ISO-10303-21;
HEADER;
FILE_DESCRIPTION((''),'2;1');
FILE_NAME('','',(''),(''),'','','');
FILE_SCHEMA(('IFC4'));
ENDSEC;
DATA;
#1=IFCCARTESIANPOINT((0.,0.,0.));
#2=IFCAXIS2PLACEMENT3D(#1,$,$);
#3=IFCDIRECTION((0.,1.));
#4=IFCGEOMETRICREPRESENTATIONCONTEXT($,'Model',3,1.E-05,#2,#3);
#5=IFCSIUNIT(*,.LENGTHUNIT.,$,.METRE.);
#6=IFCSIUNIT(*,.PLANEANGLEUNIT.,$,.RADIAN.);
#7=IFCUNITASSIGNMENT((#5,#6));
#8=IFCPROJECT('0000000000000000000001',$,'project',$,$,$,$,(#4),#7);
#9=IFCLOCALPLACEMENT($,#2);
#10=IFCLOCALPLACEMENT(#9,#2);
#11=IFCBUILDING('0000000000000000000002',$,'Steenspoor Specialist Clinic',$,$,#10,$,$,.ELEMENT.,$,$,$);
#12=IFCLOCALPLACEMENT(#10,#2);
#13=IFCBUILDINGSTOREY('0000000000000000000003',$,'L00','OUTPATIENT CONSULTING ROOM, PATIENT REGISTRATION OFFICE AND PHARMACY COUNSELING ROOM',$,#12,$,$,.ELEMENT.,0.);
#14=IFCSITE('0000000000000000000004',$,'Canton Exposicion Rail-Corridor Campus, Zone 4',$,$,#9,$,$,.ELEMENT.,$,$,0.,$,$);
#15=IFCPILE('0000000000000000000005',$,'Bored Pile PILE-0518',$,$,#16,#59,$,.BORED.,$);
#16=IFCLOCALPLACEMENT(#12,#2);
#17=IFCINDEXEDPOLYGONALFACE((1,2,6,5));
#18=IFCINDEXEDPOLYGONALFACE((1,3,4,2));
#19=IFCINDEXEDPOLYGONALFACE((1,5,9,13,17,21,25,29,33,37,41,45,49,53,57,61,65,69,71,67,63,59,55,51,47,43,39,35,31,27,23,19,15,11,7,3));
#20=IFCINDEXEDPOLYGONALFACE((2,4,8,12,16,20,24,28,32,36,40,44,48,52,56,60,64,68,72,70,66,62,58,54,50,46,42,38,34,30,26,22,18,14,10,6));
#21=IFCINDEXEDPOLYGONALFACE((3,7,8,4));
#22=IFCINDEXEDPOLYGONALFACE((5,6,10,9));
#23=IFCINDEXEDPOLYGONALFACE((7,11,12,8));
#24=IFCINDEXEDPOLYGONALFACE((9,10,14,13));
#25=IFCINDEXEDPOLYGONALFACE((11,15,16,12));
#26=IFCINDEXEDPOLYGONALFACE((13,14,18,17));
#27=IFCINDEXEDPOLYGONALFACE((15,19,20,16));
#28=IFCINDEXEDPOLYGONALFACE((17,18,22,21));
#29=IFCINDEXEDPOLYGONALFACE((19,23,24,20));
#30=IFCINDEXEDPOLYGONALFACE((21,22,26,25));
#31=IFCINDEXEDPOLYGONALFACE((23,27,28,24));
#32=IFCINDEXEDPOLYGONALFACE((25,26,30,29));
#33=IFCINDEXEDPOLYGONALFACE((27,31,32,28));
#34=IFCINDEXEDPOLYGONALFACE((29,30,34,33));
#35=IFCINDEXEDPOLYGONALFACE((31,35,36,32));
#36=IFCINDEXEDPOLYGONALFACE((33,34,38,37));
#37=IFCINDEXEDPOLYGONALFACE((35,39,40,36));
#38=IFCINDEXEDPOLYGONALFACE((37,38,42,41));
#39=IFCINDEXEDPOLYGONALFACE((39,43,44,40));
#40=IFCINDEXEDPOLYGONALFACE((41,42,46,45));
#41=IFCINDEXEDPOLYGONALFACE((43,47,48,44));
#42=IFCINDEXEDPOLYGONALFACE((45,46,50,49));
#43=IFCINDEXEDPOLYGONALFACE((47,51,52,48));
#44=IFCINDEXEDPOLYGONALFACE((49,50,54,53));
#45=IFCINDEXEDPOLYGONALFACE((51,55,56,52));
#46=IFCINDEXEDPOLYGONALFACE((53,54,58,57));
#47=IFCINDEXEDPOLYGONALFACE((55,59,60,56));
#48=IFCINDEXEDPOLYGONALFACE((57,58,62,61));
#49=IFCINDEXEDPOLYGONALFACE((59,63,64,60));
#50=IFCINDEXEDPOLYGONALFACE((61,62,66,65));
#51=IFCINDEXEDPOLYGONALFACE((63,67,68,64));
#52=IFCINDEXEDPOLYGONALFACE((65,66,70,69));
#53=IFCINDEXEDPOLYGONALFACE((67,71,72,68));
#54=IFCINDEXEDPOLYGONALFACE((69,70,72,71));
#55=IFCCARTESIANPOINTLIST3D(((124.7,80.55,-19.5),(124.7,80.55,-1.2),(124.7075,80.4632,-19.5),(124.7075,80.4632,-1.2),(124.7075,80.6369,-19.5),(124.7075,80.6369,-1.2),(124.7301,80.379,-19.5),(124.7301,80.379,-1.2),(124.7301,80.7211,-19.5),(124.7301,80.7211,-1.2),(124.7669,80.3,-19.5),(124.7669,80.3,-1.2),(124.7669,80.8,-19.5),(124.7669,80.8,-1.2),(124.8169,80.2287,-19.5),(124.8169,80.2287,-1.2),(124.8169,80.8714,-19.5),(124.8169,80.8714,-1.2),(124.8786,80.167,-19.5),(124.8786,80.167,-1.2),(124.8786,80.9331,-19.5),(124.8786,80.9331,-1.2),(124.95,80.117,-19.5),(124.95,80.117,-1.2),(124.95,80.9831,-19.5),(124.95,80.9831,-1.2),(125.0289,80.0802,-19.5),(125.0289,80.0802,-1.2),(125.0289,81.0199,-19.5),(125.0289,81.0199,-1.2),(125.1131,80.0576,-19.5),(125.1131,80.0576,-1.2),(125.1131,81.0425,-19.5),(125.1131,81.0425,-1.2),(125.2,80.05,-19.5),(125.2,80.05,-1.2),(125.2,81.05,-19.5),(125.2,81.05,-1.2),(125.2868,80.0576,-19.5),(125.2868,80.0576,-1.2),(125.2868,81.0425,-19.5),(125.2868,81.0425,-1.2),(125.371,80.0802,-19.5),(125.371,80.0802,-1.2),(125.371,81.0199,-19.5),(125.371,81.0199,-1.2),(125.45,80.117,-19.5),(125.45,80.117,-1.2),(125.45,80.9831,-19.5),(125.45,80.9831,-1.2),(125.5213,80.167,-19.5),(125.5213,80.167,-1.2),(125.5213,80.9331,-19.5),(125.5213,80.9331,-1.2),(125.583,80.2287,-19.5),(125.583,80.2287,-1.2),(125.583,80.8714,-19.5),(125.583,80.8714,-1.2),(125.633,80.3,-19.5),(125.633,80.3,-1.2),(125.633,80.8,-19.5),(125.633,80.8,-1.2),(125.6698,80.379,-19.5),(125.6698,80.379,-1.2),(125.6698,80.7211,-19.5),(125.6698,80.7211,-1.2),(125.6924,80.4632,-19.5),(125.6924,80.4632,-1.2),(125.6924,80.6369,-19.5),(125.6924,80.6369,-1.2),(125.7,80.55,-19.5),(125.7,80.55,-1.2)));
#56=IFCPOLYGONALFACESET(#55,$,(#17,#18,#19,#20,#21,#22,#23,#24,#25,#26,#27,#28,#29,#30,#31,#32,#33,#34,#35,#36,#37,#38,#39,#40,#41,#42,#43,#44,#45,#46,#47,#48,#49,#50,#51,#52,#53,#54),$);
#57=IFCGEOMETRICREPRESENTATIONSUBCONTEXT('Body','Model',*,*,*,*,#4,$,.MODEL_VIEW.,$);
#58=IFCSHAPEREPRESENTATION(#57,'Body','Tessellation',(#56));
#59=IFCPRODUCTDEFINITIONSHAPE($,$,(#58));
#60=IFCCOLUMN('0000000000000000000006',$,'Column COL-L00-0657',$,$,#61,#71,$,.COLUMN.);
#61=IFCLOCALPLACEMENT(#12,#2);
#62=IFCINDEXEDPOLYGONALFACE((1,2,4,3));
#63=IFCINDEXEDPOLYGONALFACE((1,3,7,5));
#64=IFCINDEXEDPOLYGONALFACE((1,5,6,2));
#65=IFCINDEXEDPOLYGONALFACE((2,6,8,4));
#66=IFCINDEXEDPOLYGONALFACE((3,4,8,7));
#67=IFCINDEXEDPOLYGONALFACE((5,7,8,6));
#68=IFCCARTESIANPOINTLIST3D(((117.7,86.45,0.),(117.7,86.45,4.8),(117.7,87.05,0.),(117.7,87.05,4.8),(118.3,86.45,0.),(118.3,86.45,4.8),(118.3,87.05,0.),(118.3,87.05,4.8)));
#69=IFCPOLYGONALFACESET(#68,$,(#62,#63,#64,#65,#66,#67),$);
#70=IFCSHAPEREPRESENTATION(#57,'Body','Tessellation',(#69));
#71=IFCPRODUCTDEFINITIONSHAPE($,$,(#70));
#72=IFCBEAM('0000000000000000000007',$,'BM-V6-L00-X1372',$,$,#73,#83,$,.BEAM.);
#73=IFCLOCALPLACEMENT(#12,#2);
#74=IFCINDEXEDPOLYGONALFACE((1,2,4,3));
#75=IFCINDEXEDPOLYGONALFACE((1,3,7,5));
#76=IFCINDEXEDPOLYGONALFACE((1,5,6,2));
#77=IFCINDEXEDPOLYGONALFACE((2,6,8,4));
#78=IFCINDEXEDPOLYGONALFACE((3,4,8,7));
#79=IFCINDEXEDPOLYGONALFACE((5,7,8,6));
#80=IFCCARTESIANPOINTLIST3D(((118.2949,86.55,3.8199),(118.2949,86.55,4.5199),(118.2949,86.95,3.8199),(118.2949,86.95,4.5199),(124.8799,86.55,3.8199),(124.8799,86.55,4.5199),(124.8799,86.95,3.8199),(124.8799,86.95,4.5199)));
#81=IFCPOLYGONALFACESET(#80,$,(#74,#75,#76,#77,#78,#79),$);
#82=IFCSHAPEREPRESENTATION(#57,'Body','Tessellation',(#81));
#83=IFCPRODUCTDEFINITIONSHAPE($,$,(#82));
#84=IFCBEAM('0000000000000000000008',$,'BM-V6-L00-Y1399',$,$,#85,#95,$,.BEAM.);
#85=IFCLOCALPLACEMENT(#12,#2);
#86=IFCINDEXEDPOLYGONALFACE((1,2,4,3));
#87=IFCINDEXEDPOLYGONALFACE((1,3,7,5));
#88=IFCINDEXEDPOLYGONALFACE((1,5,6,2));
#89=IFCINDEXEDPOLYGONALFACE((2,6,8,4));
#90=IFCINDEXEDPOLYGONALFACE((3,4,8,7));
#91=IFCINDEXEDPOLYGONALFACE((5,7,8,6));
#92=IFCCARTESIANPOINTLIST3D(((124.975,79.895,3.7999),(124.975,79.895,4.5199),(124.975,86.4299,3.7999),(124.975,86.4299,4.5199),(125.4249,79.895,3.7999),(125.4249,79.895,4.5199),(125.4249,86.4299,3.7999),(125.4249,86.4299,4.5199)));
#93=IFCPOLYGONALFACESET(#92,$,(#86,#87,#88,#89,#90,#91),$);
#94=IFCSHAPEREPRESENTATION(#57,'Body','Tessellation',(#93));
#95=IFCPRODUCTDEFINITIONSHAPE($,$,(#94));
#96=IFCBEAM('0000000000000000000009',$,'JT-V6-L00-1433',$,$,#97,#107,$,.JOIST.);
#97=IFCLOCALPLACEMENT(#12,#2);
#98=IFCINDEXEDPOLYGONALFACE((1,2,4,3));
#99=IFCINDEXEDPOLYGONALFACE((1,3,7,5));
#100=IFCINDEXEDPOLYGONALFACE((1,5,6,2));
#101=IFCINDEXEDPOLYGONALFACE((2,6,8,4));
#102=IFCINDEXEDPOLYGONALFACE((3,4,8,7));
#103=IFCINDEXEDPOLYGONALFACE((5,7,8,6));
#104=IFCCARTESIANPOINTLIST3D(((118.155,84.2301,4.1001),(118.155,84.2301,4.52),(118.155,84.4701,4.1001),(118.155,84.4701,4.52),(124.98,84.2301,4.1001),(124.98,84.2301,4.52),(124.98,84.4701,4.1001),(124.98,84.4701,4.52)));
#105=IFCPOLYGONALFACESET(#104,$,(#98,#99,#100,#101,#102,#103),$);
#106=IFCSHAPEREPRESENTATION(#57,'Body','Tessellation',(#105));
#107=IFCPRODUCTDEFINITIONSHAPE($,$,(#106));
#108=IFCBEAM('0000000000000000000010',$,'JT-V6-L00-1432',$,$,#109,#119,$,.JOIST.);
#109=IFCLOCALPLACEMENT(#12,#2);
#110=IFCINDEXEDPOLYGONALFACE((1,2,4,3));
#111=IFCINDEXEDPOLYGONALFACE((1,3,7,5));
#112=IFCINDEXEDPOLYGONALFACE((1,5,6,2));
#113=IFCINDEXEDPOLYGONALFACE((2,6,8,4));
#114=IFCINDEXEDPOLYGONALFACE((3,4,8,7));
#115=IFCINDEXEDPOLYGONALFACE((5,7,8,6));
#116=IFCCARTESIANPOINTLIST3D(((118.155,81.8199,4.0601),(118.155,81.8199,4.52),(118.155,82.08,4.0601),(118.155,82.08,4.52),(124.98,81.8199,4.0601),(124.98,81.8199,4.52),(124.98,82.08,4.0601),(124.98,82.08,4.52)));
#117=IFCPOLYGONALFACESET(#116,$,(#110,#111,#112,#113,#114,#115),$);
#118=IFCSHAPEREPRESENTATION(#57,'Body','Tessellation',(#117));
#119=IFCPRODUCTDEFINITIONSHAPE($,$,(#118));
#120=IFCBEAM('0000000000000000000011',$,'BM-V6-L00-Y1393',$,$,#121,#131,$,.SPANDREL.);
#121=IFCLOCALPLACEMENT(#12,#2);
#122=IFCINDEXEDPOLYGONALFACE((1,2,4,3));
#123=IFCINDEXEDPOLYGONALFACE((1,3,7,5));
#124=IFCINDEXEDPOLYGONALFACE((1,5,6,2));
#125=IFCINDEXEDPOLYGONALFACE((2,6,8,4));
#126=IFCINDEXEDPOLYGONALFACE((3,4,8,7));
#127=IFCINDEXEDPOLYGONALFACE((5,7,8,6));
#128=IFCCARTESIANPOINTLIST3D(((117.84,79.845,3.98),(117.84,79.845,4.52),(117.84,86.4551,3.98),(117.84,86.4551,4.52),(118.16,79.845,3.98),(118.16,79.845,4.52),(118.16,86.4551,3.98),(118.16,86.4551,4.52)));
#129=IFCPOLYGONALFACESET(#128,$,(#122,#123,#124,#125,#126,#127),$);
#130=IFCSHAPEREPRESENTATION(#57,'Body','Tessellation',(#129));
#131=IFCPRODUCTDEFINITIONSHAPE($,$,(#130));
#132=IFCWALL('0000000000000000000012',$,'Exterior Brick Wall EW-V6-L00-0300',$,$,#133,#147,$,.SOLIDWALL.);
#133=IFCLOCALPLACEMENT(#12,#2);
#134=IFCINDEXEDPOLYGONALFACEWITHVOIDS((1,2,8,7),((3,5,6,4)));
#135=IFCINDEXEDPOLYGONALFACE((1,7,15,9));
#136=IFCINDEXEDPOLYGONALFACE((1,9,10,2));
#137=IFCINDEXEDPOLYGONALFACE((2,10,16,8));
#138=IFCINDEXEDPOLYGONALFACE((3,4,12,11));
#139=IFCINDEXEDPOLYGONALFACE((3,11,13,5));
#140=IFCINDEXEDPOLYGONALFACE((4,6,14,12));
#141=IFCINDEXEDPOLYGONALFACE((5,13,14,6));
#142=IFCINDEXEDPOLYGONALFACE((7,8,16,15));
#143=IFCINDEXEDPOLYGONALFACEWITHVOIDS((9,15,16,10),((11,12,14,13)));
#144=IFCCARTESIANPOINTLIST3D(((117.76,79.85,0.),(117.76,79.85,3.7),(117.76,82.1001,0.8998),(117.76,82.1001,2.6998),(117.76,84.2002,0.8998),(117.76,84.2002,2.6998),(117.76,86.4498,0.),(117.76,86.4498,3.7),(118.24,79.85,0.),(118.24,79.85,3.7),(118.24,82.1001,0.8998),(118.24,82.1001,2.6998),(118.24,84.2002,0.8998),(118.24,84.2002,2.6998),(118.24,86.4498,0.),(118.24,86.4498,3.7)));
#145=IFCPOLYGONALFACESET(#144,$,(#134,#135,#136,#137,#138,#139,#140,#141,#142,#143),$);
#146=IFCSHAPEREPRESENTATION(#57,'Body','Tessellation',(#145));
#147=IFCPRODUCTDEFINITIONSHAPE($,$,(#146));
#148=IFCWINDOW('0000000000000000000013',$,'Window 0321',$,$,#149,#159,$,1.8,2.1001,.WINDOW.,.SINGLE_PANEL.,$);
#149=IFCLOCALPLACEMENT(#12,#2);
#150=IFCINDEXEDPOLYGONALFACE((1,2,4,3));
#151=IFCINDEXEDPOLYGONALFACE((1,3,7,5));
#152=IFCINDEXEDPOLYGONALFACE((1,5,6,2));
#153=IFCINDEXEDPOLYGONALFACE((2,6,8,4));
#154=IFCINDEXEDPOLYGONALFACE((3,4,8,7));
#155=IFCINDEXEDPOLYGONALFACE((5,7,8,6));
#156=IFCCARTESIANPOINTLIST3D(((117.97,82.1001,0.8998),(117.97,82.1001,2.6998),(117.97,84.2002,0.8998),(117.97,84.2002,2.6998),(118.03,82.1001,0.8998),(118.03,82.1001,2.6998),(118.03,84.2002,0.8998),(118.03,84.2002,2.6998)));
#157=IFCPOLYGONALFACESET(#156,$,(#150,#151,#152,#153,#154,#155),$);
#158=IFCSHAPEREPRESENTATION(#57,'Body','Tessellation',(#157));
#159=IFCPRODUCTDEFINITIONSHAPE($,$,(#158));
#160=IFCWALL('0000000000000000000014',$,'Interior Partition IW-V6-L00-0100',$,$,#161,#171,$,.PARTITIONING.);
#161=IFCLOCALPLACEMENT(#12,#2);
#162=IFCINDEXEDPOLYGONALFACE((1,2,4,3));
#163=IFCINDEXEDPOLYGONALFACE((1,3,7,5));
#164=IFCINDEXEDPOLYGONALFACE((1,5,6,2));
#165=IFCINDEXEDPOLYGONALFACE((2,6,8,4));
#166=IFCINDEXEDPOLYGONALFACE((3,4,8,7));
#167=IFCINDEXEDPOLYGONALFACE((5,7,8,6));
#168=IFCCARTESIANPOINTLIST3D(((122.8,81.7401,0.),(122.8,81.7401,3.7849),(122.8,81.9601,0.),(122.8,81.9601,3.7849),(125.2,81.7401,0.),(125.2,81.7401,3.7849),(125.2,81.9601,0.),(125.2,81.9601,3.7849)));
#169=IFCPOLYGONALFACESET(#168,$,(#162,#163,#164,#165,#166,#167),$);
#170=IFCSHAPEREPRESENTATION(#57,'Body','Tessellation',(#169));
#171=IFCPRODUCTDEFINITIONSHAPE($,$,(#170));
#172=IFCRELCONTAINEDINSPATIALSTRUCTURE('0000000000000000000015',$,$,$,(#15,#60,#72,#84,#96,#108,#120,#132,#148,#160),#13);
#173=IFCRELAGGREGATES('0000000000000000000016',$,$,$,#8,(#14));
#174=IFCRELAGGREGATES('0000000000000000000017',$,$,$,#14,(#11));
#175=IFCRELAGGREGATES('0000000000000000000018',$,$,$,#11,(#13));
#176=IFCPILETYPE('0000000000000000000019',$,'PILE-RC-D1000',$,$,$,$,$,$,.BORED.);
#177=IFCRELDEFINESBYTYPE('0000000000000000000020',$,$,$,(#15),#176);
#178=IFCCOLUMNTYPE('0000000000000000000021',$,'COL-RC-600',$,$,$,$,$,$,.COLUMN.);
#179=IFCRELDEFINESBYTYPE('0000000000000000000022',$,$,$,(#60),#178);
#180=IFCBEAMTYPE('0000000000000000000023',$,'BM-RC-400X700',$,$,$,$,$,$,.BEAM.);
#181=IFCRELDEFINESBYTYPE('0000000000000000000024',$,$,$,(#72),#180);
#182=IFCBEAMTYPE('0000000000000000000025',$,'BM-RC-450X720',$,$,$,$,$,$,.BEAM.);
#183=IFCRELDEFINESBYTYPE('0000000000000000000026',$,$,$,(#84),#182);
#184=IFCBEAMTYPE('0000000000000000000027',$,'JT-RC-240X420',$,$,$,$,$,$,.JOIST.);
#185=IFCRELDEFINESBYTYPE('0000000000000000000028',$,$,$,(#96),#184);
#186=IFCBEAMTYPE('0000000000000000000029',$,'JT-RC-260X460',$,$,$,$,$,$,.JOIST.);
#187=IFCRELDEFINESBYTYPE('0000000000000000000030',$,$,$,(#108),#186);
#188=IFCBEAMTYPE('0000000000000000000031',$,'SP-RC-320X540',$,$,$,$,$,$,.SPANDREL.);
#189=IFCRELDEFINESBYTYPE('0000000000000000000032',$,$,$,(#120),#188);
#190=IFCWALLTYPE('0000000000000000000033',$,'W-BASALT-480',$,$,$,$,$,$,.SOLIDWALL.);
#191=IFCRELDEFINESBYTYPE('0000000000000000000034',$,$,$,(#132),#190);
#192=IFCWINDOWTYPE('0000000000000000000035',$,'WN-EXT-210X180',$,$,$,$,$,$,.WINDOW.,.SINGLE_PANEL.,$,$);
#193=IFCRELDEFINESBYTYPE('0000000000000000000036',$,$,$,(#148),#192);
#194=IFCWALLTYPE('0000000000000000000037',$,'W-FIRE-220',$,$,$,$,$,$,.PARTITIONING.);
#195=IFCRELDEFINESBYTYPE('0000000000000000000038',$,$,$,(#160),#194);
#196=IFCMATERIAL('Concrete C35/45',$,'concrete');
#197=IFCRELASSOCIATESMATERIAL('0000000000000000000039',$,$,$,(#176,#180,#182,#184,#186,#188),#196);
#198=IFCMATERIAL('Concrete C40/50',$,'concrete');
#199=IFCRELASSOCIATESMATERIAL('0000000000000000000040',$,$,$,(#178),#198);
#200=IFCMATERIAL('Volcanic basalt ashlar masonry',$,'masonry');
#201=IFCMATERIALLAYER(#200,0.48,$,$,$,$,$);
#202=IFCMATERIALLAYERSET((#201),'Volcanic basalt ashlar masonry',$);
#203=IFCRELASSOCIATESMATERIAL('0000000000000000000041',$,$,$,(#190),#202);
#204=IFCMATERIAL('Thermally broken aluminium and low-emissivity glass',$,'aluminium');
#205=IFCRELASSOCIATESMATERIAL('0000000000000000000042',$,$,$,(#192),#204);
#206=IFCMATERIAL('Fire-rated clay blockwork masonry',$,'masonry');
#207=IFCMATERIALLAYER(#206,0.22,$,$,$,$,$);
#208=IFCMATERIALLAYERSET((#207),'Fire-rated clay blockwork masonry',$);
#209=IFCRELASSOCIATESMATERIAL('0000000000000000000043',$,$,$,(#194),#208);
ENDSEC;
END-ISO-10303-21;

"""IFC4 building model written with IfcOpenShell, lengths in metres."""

from ifc_helpers import new_model, si_unit, direction, frame, frame_2d, origin, origin_2d, place, context, subcontext, project, spatial, rectangle, circle, extrude, material, layer, layer_set, material_profile, profile_set, type_object, element, fill, save


model = new_model("IFC4")

# Units and contexts
model_context = context("Model", 3, precision=1e-05, world=origin(), true_north=direction((0.0, 1.0)))
body_context = subcontext(model_context, "Body", "Model", "MODEL_VIEW")
ifc_project = project(units=[si_unit("LENGTHUNIT", "METRE"), si_unit("PLANEANGLEUNIT", "RADIAN")], contexts=[model_context])

# Site, building, storey
site_placement = place(None, origin())
site = spatial("IfcSite", under=ifc_project, at=site_placement, Name="Canton Exposicion Rail-Corridor Campus, Zone 4", CompositionType="ELEMENT", RefElevation=0.0)
building_placement = place(site_placement, origin())
building = spatial("IfcBuilding", under=site, at=building_placement, Name="Steenspoor Specialist Clinic", CompositionType="ELEMENT")
storey_placement = place(building_placement, origin())
storey = spatial("IfcBuildingStorey", under=building, at=storey_placement, Name="L00", Description="OUTPATIENT CONSULTING ROOM, PATIENT REGISTRATION OFFICE AND PHARMACY COUNSELING ROOM", CompositionType="ELEMENT", Elevation=0.0)

# Shared definitions
ifc_material_1 = material(Name="Concrete C35/45", Category="concrete")

# Pile
ifc_material_profile_1 = material_profile(ifc_material_1, circle(Radius=0.5, at=origin_2d()), Name="PILE-D1000")
ifc_profile_set_1 = profile_set([ifc_material_profile_1], Name="Concrete C35/45")
pile_type = type_object("IfcPileType", Name="PILE-RC-D1000", PredefinedType="BORED", material=ifc_profile_set_1)
pile_placement = place(storey_placement, frame((125.2, 80.55, -1.2), z_axis=(0.0, 0.0, -1.0), x_axis=(1.0, 0.0, 0.0)))
element("IfcPile", 1, at=pile_placement, inside=storey, type_object=pile_type, Name="Bored Pile PILE-0518", PredefinedType="BORED", context=body_context, shape_type="SweptSolid", body=[
    extrude(circle(Radius=0.5, at=origin_2d()), origin(), (0.0, 0.0, 1.0), 18.3),
])

# Column
ifc_material_2 = material(Name="Concrete C40/50", Category="concrete")
ifc_material_profile_2 = material_profile(ifc_material_2, rectangle(XDim=0.6001, YDim=0.6001, at=origin_2d()), Name="RC-COL-600X600")
ifc_profile_set_2 = profile_set([ifc_material_profile_2], Name="Concrete C40/50")
column_type = type_object("IfcColumnType", Name="COL-RC-600", PredefinedType="COLUMN", material=ifc_profile_set_2)
column_placement = place(storey_placement, frame((118.0, 86.75, 0.0), z_axis=(0.0, 0.0, 1.0), x_axis=(1.0, 0.0, 0.0)))
element("IfcColumn", 2, at=column_placement, inside=storey, type_object=column_type, Name="Column COL-L00-0657", PredefinedType="COLUMN", context=body_context, shape_type="SweptSolid", body=[
    extrude(rectangle(XDim=0.6001, YDim=0.6001, at=origin_2d()), origin(), (0.0, 0.0, 1.0), 4.8),
])

# Beams
ifc_material_profile_3 = material_profile(ifc_material_1, rectangle(XDim=0.3999, YDim=0.7, at=origin_2d()), Name="RC-BM-400X700")
ifc_profile_set_3 = profile_set([ifc_material_profile_3], Name="Concrete C35/45")
beam_type_1 = type_object("IfcBeamType", Name="BM-RC-400X700", PredefinedType="BEAM", material=ifc_profile_set_3)
beam_1_placement = place(storey_placement, frame((118.2949, 86.75, 4.1699), z_axis=(1.0, 0.0, 0.0), x_axis=(0.0, 1.0, 0.0)))
element("IfcBeam", 3, at=beam_1_placement, inside=storey, type_object=beam_type_1, Name="BM-V6-L00-X1372", PredefinedType="BEAM", context=body_context, shape_type="SweptSolid", body=[
    extrude(rectangle(XDim=0.3999, YDim=0.7, at=origin_2d()), origin(), (0.0, 0.0, 1.0), 6.585),
])
ifc_material_profile_4 = material_profile(ifc_material_1, rectangle(XDim=0.45, YDim=0.72, at=origin_2d()), Name="RC-BM-450X720")
ifc_profile_set_4 = profile_set([ifc_material_profile_4], Name="Concrete C35/45")
beam_type_2 = type_object("IfcBeamType", Name="BM-RC-450X720", PredefinedType="BEAM", material=ifc_profile_set_4)
beam_2_placement = place(storey_placement, frame((125.2, 79.895, 4.1599), z_axis=(0.0, 1.0, 0.0), x_axis=(-1.0, 0.0, 0.0)))
element("IfcBeam", 4, at=beam_2_placement, inside=storey, type_object=beam_type_2, Name="BM-V6-L00-Y1399", PredefinedType="BEAM", context=body_context, shape_type="SweptSolid", body=[
    extrude(rectangle(XDim=0.45, YDim=0.72, at=origin_2d()), origin(), (0.0, 0.0, 1.0), 6.5349),
])
ifc_material_profile_5 = material_profile(ifc_material_1, rectangle(XDim=0.24, YDim=0.4199, at=origin_2d()), Name="RC-JT-240X420")
ifc_profile_set_5 = profile_set([ifc_material_profile_5], Name="Concrete C35/45")
beam_type_3 = type_object("IfcBeamType", Name="JT-RC-240X420", PredefinedType="JOIST", material=ifc_profile_set_5)
beam_3_placement = place(storey_placement, frame((118.155, 84.3501, 4.3101), z_axis=(1.0, 0.0, 0.0), x_axis=(0.0, 1.0, 0.0)))
element("IfcBeam", 5, at=beam_3_placement, inside=storey, type_object=beam_type_3, Name="JT-V6-L00-1433", PredefinedType="JOIST", context=body_context, shape_type="SweptSolid", body=[
    extrude(rectangle(XDim=0.24, YDim=0.4199, at=origin_2d()), origin(), (0.0, 0.0, 1.0), 6.825),
])
ifc_material_profile_6 = material_profile(ifc_material_1, rectangle(XDim=0.26, YDim=0.46, at=origin_2d()), Name="RC-JT-260X460")
ifc_profile_set_6 = profile_set([ifc_material_profile_6], Name="Concrete C35/45")
beam_type_4 = type_object("IfcBeamType", Name="JT-RC-260X460", PredefinedType="JOIST", material=ifc_profile_set_6)
beam_4_placement = place(storey_placement, frame((118.155, 81.95, 4.29), z_axis=(1.0, 0.0, 0.0), x_axis=(0.0, 1.0, 0.0)))
element("IfcBeam", 6, at=beam_4_placement, inside=storey, type_object=beam_type_4, Name="JT-V6-L00-1432", PredefinedType="JOIST", context=body_context, shape_type="SweptSolid", body=[
    extrude(rectangle(XDim=0.26, YDim=0.46, at=origin_2d()), origin(), (0.0, 0.0, 1.0), 6.825),
])
ifc_material_profile_7 = material_profile(ifc_material_1, rectangle(XDim=0.3201, YDim=0.54, at=origin_2d()), Name="RC-SP-320X540")
ifc_profile_set_7 = profile_set([ifc_material_profile_7], Name="Concrete C35/45")
beam_type_5 = type_object("IfcBeamType", Name="SP-RC-320X540", PredefinedType="SPANDREL", material=ifc_profile_set_7)
beam_5_placement = place(storey_placement, frame((118.0, 79.845, 4.25), z_axis=(0.0, 1.0, 0.0), x_axis=(-1.0, 0.0, 0.0)))
element("IfcBeam", 7, at=beam_5_placement, inside=storey, type_object=beam_type_5, Name="BM-V6-L00-Y1393", PredefinedType="SPANDREL", context=body_context, shape_type="SweptSolid", body=[
    extrude(rectangle(XDim=0.3201, YDim=0.54, at=origin_2d()), origin(), (0.0, 0.0, 1.0), 6.6101),
])

# Wall, opening, window
ifc_material_3 = material(Name="Volcanic basalt ashlar masonry", Category="masonry")
ifc_layer_1 = layer(ifc_material_3, 0.48)
ifc_layer_set_1 = layer_set([ifc_layer_1], Name="Volcanic basalt ashlar masonry")
wall_type_1 = type_object("IfcWallType", Name="W-BASALT-480", PredefinedType="SOLIDWALL", material=ifc_layer_set_1)
wall_1_placement = place(storey_placement, frame((118.0, 79.8501, 0.0), z_axis=(0.0, 0.0, 1.0), x_axis=(0.0, 1.0, 0.0)))
wall_1 = element("IfcWall", 8, at=wall_1_placement, inside=storey, type_object=wall_type_1, Name="Exterior Brick Wall EW-V6-L00-0300", PredefinedType="SOLIDWALL", context=body_context, shape_type="SweptSolid", body=[
    extrude(rectangle(XDim=6.5999, YDim=0.48, at=frame_2d((3.2998, 0.0))), origin(), (0.0, 0.0, 1.0), 3.7),
])
opening_1_placement = place(wall_1_placement, frame((2.25, 0.0, 0.8999)))
opening_1 = element("IfcOpeningElement", 9, at=opening_1_placement, cuts=wall_1, PredefinedType="OPENING", context=body_context, shape_type="SweptSolid", body=[
    extrude(rectangle(XDim=2.1001, YDim=1.8, at=frame_2d((1.05, 0.8999))), frame((0.0, 0.25, 0.0), z_axis=(0.0, -1.0, 0.0), x_axis=(1.0, 0.0, 0.0)), (0.0, 0.0, 1.0), 0.5),
])
ifc_material_4 = material(Name="Thermally broken aluminium and low-emissivity glass", Category="aluminium")
window_type_1 = type_object("IfcWindowType", Name="WN-EXT-210X180", PartitioningType="SINGLE_PANEL", PredefinedType="WINDOW", material=ifc_material_4)
window_1_placement = place(opening_1_placement, origin())
window_1 = element("IfcWindow", 10, at=window_1_placement, inside=storey, type_object=window_type_1, Name="Window 0321", OverallHeight=1.8, OverallWidth=2.1001, PartitioningType="SINGLE_PANEL", PredefinedType="WINDOW", context=body_context, shape_type="SweptSolid", body=[
    extrude(rectangle(XDim=2.1001, YDim=1.8, at=frame_2d((1.05, 0.8999))), frame((0.0, 0.03, 0.0), z_axis=(0.0, -1.0, 0.0), x_axis=(1.0, 0.0, 0.0)), (0.0, 0.0, 1.0), 0.0601),
])
fill(opening_1, window_1)

# Wall
ifc_material_5 = material(Name="Fire-rated clay blockwork masonry", Category="masonry")
ifc_layer_2 = layer(ifc_material_5, 0.22)
ifc_layer_set_2 = layer_set([ifc_layer_2], Name="Fire-rated clay blockwork masonry")
wall_type_2 = type_object("IfcWallType", Name="W-FIRE-220", PredefinedType="PARTITIONING", material=ifc_layer_set_2)
for number, where, z_axis, x_axis, name in (
    (11, (122.8, 81.8501, 0.0), (0.0, 0.0, 1.0), (1.0, 0.0, 0.0), "Interior Partition IW-V6-L00-0100"),
):
    element("IfcWall", number, at=place(storey_placement, frame(where, z_axis=z_axis, x_axis=x_axis)), inside=storey, type_object=wall_type_2, Name=name, PredefinedType="PARTITIONING", context=body_context, shape_type="SweptSolid", body=[
        extrude(rectangle(XDim=2.3999, YDim=0.22, at=frame_2d((1.2, 0.0))), origin(), (0.0, 0.0, 1.0), 3.7849),
    ])

save(model, "model.ifc")
